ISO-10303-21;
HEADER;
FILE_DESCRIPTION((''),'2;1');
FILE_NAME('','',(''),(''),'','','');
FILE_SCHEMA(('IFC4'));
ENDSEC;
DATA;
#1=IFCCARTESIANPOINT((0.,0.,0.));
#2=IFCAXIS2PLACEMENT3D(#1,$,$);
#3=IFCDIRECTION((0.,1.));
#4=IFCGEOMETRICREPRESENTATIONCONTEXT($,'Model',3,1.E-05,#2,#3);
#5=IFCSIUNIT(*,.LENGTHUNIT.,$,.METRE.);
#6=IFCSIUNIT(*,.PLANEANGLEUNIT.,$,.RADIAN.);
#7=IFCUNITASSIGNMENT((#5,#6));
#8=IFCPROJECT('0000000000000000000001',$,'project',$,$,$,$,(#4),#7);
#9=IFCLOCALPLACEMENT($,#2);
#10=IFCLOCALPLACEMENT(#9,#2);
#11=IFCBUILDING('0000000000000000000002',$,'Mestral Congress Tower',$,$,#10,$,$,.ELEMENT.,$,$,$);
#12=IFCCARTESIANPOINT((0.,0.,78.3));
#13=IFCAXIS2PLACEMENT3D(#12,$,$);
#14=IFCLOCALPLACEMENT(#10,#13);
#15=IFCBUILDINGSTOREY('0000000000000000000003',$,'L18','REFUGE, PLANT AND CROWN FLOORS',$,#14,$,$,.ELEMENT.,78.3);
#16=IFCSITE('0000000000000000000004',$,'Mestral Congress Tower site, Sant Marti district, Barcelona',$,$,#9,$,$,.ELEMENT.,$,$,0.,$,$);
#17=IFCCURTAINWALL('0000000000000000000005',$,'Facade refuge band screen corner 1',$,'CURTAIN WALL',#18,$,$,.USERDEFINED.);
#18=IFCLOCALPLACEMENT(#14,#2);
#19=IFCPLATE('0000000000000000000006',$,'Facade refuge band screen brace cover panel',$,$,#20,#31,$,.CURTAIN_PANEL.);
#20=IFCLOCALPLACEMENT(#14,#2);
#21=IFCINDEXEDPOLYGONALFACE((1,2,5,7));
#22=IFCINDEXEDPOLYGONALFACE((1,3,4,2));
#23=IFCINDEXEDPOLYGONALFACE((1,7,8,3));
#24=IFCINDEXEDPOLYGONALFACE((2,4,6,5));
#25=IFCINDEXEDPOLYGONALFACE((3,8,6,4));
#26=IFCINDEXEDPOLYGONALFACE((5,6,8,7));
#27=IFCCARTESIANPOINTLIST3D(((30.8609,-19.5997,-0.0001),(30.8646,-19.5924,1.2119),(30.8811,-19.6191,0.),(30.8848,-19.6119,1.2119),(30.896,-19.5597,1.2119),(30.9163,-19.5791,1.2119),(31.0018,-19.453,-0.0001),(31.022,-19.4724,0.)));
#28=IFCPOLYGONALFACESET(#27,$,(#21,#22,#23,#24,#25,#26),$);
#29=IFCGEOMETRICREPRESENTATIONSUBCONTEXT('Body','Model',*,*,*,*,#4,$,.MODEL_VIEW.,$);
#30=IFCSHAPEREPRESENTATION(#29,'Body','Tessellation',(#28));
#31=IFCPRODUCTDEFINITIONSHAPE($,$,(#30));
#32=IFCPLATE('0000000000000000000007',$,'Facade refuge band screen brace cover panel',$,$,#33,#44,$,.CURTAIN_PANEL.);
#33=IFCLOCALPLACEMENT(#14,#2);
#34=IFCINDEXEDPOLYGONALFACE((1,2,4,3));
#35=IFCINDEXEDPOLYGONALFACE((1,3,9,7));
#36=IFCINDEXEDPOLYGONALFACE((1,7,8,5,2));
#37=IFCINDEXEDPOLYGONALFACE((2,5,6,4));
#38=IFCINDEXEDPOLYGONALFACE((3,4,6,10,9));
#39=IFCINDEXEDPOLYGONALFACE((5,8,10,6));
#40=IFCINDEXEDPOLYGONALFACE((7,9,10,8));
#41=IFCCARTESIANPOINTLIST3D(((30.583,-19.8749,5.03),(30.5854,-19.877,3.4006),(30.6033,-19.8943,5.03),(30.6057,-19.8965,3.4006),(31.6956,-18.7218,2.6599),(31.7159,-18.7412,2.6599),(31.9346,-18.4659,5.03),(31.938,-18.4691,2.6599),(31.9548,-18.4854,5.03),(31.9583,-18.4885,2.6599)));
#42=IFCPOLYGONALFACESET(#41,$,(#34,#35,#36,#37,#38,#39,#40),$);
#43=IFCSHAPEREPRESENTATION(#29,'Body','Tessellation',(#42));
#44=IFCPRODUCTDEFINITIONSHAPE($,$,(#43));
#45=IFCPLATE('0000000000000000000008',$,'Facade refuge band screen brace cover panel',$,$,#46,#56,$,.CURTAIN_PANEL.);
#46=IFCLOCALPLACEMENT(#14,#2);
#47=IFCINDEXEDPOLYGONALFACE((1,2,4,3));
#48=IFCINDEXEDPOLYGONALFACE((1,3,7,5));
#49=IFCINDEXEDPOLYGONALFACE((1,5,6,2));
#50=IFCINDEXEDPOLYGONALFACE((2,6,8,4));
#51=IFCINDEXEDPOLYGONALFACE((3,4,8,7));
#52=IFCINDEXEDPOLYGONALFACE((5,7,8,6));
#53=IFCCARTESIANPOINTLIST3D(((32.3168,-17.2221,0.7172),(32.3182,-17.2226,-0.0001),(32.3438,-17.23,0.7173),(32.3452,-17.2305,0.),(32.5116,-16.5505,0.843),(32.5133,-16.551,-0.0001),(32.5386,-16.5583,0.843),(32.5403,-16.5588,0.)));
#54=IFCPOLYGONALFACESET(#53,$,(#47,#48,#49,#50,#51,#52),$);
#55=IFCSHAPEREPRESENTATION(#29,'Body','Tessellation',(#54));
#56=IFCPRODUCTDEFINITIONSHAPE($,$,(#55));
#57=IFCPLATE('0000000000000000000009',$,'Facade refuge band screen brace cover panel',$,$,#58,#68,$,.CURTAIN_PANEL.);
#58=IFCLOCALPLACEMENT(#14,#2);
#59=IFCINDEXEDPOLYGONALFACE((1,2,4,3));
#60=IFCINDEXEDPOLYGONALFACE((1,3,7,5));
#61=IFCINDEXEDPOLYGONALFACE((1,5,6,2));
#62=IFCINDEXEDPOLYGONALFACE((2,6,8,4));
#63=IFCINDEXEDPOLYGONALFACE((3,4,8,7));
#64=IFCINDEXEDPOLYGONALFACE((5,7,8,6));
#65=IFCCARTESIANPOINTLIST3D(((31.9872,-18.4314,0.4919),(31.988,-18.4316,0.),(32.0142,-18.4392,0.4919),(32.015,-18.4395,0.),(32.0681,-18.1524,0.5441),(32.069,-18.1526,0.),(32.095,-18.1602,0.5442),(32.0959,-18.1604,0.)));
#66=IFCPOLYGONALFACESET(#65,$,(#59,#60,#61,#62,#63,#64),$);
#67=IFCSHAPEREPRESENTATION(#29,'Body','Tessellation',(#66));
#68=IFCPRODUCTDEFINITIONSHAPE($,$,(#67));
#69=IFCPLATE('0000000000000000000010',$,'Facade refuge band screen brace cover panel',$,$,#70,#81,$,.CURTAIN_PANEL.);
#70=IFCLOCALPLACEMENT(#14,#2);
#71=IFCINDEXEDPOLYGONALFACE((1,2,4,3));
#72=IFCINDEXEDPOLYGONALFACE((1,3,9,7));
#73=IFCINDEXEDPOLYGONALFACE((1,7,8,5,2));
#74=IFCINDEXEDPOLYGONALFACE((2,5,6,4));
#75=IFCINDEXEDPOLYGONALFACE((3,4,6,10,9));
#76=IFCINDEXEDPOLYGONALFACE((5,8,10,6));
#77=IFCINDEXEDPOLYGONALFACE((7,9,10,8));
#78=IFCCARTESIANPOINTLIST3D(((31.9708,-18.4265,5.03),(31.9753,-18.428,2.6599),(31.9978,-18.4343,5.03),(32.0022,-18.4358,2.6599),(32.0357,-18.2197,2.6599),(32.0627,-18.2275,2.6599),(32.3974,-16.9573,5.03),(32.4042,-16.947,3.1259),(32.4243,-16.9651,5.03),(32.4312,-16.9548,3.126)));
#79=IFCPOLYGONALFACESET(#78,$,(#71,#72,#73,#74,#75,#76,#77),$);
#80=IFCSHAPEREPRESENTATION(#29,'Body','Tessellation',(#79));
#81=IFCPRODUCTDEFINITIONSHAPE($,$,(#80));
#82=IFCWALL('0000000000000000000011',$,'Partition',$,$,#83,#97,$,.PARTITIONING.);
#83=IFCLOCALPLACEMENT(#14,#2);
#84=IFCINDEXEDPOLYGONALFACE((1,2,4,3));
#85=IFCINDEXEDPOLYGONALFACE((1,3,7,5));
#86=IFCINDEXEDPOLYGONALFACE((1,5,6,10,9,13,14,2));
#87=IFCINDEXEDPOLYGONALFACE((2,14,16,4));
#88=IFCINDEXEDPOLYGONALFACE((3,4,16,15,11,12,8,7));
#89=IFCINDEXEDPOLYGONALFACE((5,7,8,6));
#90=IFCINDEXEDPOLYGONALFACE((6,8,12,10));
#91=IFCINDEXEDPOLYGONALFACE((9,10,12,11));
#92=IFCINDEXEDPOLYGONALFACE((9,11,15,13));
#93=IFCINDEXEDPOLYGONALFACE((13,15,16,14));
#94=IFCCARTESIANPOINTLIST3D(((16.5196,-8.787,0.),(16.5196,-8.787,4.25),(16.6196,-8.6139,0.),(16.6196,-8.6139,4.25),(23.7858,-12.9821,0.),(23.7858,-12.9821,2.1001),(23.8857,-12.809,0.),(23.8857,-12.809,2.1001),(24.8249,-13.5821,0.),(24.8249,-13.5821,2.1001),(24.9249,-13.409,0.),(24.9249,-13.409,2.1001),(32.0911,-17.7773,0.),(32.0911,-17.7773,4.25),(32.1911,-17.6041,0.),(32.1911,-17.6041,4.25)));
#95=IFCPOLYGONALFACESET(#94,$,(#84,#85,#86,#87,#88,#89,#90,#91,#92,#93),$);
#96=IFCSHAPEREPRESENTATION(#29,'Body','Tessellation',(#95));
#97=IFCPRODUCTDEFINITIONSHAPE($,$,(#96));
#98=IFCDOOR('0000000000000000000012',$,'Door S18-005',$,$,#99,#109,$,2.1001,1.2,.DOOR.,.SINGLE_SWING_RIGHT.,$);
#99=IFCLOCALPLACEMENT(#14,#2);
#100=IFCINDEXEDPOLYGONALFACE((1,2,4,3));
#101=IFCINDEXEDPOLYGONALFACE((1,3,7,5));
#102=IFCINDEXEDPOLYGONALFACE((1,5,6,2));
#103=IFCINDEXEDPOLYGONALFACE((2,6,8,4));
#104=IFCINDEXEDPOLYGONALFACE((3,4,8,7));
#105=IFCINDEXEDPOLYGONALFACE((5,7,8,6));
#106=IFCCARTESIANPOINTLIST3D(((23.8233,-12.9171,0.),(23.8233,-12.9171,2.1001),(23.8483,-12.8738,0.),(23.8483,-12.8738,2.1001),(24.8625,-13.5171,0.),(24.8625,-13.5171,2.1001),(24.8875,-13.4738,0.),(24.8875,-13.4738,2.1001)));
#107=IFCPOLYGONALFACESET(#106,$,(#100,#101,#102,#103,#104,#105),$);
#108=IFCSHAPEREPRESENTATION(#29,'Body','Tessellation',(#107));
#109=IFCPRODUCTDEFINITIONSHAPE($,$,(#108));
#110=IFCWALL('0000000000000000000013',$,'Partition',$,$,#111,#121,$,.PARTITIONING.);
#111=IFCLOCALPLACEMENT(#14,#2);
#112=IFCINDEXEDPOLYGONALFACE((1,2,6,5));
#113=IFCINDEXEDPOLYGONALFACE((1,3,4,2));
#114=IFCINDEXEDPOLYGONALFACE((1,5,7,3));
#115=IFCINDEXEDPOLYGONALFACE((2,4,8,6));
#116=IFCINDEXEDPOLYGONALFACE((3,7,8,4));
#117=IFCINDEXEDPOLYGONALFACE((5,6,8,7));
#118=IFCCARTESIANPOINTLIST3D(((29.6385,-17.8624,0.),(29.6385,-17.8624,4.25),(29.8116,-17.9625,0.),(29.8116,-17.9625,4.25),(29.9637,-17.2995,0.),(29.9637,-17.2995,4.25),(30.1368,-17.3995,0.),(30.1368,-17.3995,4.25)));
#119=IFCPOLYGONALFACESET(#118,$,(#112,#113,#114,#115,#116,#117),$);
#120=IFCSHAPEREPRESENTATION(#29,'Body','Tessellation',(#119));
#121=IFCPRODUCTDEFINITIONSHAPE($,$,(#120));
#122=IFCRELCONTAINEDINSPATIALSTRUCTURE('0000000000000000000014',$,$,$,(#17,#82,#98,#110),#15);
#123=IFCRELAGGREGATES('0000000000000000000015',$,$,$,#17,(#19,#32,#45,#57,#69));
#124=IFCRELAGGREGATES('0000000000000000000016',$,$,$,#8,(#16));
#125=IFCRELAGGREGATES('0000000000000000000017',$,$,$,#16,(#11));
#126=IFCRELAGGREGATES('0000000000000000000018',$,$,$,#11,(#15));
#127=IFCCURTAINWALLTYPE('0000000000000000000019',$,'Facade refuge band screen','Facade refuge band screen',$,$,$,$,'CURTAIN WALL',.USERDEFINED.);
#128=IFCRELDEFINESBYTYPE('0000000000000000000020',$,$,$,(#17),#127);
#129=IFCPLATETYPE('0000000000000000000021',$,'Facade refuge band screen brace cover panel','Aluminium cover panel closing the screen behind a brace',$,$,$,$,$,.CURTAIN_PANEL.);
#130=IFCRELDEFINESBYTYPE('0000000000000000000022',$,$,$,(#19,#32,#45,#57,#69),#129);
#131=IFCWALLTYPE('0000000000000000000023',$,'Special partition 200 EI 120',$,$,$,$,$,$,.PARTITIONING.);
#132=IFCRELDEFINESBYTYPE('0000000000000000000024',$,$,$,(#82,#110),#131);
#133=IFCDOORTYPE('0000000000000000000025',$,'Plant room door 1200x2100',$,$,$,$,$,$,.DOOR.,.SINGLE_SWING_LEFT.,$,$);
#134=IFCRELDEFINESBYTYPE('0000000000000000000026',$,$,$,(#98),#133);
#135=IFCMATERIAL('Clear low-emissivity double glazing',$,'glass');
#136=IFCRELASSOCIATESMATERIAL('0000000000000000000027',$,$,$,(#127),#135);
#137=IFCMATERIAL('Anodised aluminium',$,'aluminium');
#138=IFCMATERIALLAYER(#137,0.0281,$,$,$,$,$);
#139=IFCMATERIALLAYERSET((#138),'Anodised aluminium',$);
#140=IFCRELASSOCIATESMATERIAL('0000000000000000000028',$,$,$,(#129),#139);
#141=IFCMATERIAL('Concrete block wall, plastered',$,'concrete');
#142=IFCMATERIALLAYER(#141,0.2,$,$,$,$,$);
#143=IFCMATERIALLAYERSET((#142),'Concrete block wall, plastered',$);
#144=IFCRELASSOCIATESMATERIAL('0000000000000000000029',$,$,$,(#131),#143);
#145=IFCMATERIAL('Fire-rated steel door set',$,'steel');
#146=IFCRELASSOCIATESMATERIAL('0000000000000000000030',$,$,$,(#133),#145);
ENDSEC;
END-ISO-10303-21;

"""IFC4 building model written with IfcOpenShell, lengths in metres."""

from ifc_helpers import new_model, si_unit, direction, frame, frame_2d, origin, place, context, subcontext, project, spatial, polyline, rectangle, outline, extrude, material, layer, layer_set, type_object, element, fill, aggregate, save


model = new_model("IFC4")

# Units and contexts
model_context = context("Model", 3, precision=1e-05, world=origin(), true_north=direction((0.0, 1.0)))
body_context = subcontext(model_context, "Body", "Model", "MODEL_VIEW")
ifc_project = project(units=[si_unit("LENGTHUNIT", "METRE"), si_unit("PLANEANGLEUNIT", "RADIAN")], contexts=[model_context])

# Site, building, storey
site_placement = place(None, origin())
site = spatial("IfcSite", under=ifc_project, at=site_placement, Name="Mestral Congress Tower site, Sant Marti district, Barcelona", CompositionType="ELEMENT", RefElevation=0.0)
building_placement = place(site_placement, origin())
building = spatial("IfcBuilding", under=site, at=building_placement, Name="Mestral Congress Tower", CompositionType="ELEMENT")
storey_placement = place(building_placement, frame((0.0, 0.0, 78.3)))
storey = spatial("IfcBuildingStorey", under=building, at=storey_placement, Name="L18", Description="REFUGE, PLANT AND CROWN FLOORS", CompositionType="ELEMENT", Elevation=78.3)

# Curtain wall
ifc_material_1 = material(Name="Clear low-emissivity double glazing", Category="glass")
curtain_wall_type = type_object("IfcCurtainWallType", Name="Facade refuge band screen", Description="Facade refuge band screen", ElementType="CURTAIN WALL", PredefinedType="USERDEFINED", material=ifc_material_1)
curtain_wall_placement = place(storey_placement, origin())
curtain_wall = element("IfcCurtainWall", 1, at=curtain_wall_placement, inside=storey, type_object=curtain_wall_type, Name="Facade refuge band screen corner 1", ObjectType="CURTAIN WALL", PredefinedType="USERDEFINED")
ifc_material_2 = material(Name="Anodised aluminium", Category="aluminium")

# Plates
ifc_layer_1 = layer(ifc_material_2, 0.0281)
ifc_layer_set_1 = layer_set([ifc_layer_1], Name="Anodised aluminium")
plate_type = type_object("IfcPlateType", Name="Facade refuge band screen brace cover panel", Description="Aluminium cover panel closing the screen behind a brace", PredefinedType="CURTAIN_PANEL", material=ifc_layer_set_1)
plate_1_placement = place(storey_placement, frame((30.8811, -19.6191, 0.0), z_axis=(0.72119, -0.692735, 0.001966), x_axis=(0.003052, 0.006014, 0.999977)))
plate_1 = element("IfcPlate", 2, at=plate_1_placement, type_object=plate_type, Name="Facade refuge band screen brace cover panel", PredefinedType="CURTAIN_PANEL", context=body_context, shape_type="SweptSolid", body=[
    extrude(outline(polyline([(0.0, 0.0), (1.2119, 0.0), (1.2122, -0.0454), (0.0013, -0.2034), (0.0, 0.0)])), origin(), (0.0, 0.0, -1.0), 0.0281),
])
plate_2_placement = place(storey_placement, frame((31.9548, -18.4854, 5.03), z_axis=(0.72166, -0.692245, 0.001977), x_axis=(0.001449, -0.001345, -0.999998)))
plate_2 = element("IfcPlate", 3, at=plate_2_placement, type_object=plate_type, Name="Facade refuge band screen brace cover panel", PredefinedType="CURTAIN_PANEL", context=body_context, shape_type="SweptSolid", body=[
    extrude(outline(polyline([(0.0, 0.0), (2.3701, 0.0), (2.3701, -0.3502), (1.6293, -1.9523), (-0.0001, -1.9524), (0.0, 0.0)])), origin(), (0.0, 0.0, -1.0), 0.0281),
])
plate_3_placement = place(storey_placement, frame((32.5403, -16.5588, 0.0), z_axis=(0.960307, -0.278936, 0.002128), x_axis=(-0.278937, -0.960309, 0.0)))
plate_3 = element("IfcPlate", 4, at=plate_3_placement, type_object=plate_type, Name="Facade refuge band screen brace cover panel", PredefinedType="CURTAIN_PANEL", context=body_context, shape_type="SweptSolid", body=[
    extrude(outline(polyline([(0.0, 0.0), (0.6994, 0.0), (0.6993, -0.7173), (0.0, -0.843), (0.0, 0.0)])), origin(), (0.0, 0.0, -1.0), 0.0281),
])
plate_4_placement = place(storey_placement, frame((32.0142, -18.4392, 0.4919), z_axis=(0.960378, -0.278695, 0.001715), x_axis=(0.274004, 0.945301, 0.176999)))
plate_4 = element("IfcPlate", 5, at=plate_4_placement, type_object=plate_type, Name="Facade refuge band screen brace cover panel", PredefinedType="CURTAIN_PANEL", context=body_context, shape_type="SweptSolid", body=[
    extrude(outline(polyline([(0.0, 0.0), (0.2952, 0.0), (0.1989, -0.5356), (-0.0871, -0.4842), (0.0, 0.0)])), origin(), (0.0, 0.0, -1.0), 0.0281),
])
plate_5_placement = place(storey_placement, frame((32.4243, -16.9651, 5.03), z_axis=(0.960351, -0.278788, 0.001971), x_axis=(0.003614, 0.005378, -0.999979)))
plate_5 = element("IfcPlate", 6, at=plate_5_placement, type_object=plate_type, Name="Facade refuge band screen brace cover panel", PredefinedType="CURTAIN_PANEL", context=body_context, shape_type="SweptSolid", body=[
    extrude(outline(polyline([(0.0, 0.0), (1.9041, 0.0), (2.362, -1.3278), (2.3606, -1.5447), (-0.0094, -1.5299), (0.0, 0.0)])), origin(), (0.0, 0.0, -1.0), 0.0281),
])

# Wall, opening, door
ifc_material_3 = material(Name="Concrete block wall, plastered", Category="concrete")
ifc_layer_2 = layer(ifc_material_3, 0.2)
ifc_layer_set_2 = layer_set([ifc_layer_2], Name="Concrete block wall, plastered")
wall_type = type_object("IfcWallType", Name="Special partition 200 EI 120", PredefinedType="PARTITIONING", material=ifc_layer_set_2)
wall_1_placement = place(storey_placement, frame((32.1411, -17.6907, 0.0), z_axis=(0.0, 0.0, 1.0), x_axis=(-0.866025, 0.5, 0.0)))
wall_1 = element("IfcWall", 7, at=wall_1_placement, inside=storey, type_object=wall_type, Name="Partition", PredefinedType="PARTITIONING", context=body_context, shape_type="SweptSolid", body=[
    extrude(rectangle(XDim=17.9805, YDim=0.2, at=frame_2d((8.9902, 0.0))), origin(), (0.0, 0.0, 1.0), 4.25),
])
opening_placement = place(wall_1_placement, frame((8.3901, 0.0, 0.0)))
opening = element("IfcOpeningElement", 8, at=opening_placement, cuts=wall_1, PredefinedType="OPENING", context=body_context, shape_type="SweptSolid", body=[
    extrude(rectangle(XDim=1.2, YDim=2.1001, at=frame_2d((0.6001, 1.05))), frame((0.0, 0.1099, 0.0), z_axis=(0.0, -1.0, 0.0), x_axis=(1.0, 0.0, 0.0)), (0.0, 0.0, 1.0), 0.22),
])
ifc_material_4 = material(Name="Fire-rated steel door set", Category="steel")
door_type = type_object("IfcDoorType", Name="Plant room door 1200x2100", OperationType="SINGLE_SWING_LEFT", PredefinedType="DOOR", material=ifc_material_4)
door_placement = place(opening_placement, origin())
door = element("IfcDoor", 9, at=door_placement, inside=storey, type_object=door_type, Name="Door S18-005", OperationType="SINGLE_SWING_RIGHT", OverallHeight=2.1001, OverallWidth=1.2, PredefinedType="DOOR", context=body_context, shape_type="SweptSolid", body=[
    extrude(rectangle(XDim=1.2, YDim=2.1001, at=frame_2d((0.6001, 1.05))), frame((0.0, 0.0249, 0.0), z_axis=(0.0, -1.0, 0.0), x_axis=(1.0, 0.0, 0.0)), (0.0, 0.0, 1.0), 0.05),
])
fill(opening, door)

# Wall
wall_2_placement = place(storey_placement, frame((30.0503, -17.3494, 0.0), z_axis=(0.0, 0.0, 1.0), x_axis=(-0.500177, -0.865923, 0.0)))
element("IfcWall", 10, at=wall_2_placement, inside=storey, type_object=wall_type, Name="Partition", PredefinedType="PARTITIONING", context=body_context, shape_type="SweptSolid", body=[
    extrude(rectangle(XDim=0.6501, YDim=0.2, at=frame_2d((0.3252, 0.0))), origin(), (0.0, 0.0, 1.0), 4.25),
])

aggregate(curtain_wall, [plate_1, plate_2, plate_3, plate_4, plate_5])

save(model, "model.ifc")
